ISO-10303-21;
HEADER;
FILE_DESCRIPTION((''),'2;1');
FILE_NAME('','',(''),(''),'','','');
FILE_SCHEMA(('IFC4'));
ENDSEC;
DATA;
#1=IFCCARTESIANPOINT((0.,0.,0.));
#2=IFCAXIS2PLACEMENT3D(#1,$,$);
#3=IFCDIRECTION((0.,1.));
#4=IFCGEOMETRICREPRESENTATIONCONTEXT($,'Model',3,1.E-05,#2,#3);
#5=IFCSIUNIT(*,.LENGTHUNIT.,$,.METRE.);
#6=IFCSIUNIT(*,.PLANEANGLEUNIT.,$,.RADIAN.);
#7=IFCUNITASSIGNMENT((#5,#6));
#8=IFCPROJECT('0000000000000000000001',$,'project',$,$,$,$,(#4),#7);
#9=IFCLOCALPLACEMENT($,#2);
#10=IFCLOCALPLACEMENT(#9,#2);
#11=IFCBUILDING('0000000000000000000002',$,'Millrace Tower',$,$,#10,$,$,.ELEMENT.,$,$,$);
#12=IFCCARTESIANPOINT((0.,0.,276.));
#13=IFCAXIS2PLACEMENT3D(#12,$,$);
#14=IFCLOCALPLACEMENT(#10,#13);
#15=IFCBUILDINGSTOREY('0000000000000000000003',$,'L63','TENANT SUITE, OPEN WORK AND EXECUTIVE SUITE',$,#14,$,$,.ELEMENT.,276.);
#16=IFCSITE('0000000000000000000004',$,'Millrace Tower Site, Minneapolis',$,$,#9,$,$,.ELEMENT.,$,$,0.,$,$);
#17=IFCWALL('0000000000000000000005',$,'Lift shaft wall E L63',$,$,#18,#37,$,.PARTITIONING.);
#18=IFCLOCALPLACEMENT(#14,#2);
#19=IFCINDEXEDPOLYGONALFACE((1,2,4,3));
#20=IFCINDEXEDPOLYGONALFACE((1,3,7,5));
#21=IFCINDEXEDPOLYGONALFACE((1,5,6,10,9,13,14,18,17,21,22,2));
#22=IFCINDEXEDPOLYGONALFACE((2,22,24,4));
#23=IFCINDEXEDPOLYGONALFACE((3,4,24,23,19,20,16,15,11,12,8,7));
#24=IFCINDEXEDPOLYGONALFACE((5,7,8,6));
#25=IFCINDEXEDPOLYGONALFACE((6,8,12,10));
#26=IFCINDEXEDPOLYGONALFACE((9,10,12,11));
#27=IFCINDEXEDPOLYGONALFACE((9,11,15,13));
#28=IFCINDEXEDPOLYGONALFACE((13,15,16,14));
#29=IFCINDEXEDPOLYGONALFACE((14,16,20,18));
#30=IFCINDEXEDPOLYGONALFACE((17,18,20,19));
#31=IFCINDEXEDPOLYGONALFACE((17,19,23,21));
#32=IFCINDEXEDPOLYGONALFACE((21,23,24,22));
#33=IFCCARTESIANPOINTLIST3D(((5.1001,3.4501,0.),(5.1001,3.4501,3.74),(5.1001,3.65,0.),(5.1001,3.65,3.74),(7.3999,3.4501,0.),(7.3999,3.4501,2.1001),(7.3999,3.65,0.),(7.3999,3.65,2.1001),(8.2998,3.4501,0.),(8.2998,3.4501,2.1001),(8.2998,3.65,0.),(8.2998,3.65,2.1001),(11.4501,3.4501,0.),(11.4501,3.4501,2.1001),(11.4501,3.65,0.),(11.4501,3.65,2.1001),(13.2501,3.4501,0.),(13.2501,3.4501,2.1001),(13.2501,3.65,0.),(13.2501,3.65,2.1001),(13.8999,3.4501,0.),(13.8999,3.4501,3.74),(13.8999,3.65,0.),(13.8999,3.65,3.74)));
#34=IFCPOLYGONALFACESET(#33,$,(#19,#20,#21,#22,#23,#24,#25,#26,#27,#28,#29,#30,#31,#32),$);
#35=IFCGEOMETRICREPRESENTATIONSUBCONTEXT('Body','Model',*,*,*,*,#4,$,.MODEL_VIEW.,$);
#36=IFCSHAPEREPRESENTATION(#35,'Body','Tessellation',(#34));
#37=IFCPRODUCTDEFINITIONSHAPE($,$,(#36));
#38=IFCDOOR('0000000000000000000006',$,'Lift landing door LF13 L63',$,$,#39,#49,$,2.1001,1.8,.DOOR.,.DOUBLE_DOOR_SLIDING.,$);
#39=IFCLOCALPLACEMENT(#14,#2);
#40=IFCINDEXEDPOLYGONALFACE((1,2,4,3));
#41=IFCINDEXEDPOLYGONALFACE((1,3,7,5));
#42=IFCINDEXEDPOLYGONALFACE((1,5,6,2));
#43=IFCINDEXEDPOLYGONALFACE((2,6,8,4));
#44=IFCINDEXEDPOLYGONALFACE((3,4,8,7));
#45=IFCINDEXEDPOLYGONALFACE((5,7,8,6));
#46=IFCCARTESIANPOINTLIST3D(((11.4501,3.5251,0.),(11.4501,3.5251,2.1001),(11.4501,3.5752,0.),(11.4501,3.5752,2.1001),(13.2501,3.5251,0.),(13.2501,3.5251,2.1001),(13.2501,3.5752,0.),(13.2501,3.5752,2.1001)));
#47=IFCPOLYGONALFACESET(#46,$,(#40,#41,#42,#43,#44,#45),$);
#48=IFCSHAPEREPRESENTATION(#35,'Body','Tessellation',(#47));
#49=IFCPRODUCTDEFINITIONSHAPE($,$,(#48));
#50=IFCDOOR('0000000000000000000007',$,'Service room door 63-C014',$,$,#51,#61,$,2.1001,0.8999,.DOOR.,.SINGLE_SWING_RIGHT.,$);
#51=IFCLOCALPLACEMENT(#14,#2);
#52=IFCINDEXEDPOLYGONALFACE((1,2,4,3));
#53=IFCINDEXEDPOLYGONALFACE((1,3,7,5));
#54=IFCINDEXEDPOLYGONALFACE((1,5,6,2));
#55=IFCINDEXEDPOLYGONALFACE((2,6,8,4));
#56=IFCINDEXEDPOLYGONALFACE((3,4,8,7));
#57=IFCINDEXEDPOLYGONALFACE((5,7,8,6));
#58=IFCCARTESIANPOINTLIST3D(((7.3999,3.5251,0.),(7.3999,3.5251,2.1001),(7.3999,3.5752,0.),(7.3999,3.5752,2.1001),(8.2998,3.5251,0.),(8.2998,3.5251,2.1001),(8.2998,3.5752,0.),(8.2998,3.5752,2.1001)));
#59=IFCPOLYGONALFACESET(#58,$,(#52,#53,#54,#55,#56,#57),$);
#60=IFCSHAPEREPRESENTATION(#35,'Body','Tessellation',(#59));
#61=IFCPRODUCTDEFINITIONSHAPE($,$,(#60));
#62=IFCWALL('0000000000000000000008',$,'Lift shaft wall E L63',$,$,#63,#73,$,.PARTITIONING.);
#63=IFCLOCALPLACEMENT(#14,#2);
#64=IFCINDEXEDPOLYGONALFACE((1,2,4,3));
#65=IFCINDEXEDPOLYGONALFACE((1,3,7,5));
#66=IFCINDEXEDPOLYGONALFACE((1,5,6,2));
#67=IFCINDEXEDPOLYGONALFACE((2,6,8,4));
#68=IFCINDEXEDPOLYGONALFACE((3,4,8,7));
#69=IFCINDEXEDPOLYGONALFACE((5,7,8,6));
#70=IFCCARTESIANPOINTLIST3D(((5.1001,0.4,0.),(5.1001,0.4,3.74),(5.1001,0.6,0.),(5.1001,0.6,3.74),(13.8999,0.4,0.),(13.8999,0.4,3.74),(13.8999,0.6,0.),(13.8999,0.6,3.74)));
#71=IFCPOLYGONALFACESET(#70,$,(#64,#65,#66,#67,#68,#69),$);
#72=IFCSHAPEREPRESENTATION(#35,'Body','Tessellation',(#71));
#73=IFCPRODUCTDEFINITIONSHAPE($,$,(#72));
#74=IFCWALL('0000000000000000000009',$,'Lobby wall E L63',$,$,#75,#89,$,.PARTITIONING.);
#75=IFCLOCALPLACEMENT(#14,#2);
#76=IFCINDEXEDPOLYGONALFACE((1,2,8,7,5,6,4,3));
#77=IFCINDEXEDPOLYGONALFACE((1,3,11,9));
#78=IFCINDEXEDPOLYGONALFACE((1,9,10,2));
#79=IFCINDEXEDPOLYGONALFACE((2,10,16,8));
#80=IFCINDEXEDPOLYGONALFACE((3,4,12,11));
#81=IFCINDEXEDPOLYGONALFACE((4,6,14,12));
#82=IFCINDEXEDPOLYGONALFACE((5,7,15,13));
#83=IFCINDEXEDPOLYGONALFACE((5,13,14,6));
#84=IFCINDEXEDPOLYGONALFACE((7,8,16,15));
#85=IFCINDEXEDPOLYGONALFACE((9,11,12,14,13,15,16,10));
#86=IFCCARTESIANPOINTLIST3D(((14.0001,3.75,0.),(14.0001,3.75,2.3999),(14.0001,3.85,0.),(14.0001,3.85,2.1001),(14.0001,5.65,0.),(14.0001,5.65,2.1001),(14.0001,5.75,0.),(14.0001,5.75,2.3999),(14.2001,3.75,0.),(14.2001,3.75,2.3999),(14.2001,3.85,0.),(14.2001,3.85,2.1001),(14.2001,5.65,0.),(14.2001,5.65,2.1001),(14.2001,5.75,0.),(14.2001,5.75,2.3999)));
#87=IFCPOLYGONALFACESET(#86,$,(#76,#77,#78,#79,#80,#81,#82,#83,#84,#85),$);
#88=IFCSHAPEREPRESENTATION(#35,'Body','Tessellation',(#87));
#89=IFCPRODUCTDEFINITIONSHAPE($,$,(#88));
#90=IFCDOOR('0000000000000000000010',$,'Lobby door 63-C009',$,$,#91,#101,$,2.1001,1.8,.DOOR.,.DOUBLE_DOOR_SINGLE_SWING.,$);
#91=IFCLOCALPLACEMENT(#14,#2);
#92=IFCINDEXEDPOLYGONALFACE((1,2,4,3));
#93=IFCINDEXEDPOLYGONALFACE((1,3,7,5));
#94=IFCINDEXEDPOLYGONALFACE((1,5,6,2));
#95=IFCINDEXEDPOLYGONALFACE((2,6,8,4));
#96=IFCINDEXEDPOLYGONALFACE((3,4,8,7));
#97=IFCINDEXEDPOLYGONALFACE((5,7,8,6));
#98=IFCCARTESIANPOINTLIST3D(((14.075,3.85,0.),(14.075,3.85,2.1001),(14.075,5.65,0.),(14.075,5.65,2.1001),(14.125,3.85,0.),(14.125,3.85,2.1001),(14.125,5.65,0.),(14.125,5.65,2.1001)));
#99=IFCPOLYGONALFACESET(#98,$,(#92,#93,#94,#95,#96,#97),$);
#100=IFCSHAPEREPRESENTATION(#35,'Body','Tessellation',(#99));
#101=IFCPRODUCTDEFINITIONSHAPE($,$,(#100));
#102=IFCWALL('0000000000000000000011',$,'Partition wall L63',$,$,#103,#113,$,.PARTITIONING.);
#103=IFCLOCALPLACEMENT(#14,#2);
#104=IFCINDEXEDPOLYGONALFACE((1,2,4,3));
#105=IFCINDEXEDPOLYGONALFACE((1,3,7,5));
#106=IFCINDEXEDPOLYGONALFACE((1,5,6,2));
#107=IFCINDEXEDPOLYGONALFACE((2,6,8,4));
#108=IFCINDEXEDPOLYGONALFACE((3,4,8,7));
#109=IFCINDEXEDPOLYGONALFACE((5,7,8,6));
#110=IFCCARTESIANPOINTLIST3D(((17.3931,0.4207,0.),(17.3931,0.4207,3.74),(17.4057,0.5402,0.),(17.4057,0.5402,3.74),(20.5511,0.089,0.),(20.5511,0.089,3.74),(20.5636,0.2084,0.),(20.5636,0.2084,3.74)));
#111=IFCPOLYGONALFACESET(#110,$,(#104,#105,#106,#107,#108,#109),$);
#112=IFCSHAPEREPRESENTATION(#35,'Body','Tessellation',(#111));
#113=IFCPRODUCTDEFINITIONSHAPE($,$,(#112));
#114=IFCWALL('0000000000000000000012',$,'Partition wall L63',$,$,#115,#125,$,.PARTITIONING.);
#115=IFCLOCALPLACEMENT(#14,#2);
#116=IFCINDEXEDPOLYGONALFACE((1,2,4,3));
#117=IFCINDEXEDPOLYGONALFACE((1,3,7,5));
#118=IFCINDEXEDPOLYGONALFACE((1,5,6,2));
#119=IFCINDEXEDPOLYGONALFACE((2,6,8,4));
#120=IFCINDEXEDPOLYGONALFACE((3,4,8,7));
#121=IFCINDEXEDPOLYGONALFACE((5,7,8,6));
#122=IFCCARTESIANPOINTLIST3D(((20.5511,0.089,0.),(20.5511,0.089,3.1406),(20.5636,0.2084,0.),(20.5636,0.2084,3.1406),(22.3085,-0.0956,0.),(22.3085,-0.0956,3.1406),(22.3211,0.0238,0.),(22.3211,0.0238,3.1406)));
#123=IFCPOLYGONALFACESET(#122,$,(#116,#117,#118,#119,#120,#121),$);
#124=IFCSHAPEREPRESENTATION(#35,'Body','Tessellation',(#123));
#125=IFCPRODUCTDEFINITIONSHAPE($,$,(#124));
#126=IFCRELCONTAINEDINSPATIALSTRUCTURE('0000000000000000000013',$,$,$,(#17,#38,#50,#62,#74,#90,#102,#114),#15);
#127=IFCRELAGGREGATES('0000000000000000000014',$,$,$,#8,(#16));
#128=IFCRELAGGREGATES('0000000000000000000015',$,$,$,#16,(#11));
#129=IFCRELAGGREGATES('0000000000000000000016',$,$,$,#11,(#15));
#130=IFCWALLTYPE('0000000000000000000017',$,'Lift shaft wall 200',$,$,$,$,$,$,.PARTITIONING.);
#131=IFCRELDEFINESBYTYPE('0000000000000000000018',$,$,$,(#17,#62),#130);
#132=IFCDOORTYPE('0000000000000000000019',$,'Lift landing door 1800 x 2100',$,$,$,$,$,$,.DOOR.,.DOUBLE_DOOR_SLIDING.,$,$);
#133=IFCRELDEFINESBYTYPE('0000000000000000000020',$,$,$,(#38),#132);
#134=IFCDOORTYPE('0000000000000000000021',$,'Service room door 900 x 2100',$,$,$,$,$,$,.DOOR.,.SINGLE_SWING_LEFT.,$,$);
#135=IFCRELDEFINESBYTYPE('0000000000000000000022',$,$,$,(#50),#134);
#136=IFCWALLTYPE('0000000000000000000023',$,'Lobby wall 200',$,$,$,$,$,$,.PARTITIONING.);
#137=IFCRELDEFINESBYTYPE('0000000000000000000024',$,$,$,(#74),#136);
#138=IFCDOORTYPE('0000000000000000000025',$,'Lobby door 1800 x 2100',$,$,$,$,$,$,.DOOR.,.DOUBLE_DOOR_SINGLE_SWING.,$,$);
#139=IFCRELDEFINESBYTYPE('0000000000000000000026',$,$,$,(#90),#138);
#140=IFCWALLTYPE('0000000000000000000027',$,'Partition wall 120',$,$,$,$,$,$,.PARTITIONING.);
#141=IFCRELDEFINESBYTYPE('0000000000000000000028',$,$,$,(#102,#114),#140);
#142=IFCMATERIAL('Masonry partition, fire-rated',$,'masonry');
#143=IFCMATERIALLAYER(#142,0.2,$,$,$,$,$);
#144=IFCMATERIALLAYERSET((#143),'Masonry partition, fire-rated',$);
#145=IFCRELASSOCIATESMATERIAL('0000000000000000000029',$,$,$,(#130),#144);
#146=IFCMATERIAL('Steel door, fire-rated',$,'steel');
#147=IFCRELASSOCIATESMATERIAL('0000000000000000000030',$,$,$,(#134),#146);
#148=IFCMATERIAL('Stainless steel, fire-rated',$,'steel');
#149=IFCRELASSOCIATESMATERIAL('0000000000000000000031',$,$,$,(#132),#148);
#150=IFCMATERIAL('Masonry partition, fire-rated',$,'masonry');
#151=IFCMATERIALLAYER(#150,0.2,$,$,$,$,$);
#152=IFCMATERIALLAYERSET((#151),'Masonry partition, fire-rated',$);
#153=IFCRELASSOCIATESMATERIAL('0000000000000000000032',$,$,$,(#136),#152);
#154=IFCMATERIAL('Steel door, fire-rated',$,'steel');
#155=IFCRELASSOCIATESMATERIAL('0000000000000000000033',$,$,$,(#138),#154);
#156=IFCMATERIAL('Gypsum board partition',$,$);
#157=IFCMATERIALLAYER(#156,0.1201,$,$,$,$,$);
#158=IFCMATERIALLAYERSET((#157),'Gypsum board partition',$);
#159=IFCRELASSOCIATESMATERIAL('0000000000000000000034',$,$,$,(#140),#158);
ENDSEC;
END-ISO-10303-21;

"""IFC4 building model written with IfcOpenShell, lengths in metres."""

from ifc_helpers import new_model, si_unit, direction, frame, frame_2d, origin, place, context, subcontext, project, spatial, rectangle, extrude, material, layer, layer_set, type_object, element, fill, save


model = new_model("IFC4")

# Units and contexts
model_context = context("Model", 3, precision=1e-05, world=origin(), true_north=direction((0.0, 1.0)))
body_context = subcontext(model_context, "Body", "Model", "MODEL_VIEW")
ifc_project = project(units=[si_unit("LENGTHUNIT", "METRE"), si_unit("PLANEANGLEUNIT", "RADIAN")], contexts=[model_context])

# Site, building, storey
site_placement = place(None, origin())
site = spatial("IfcSite", under=ifc_project, at=site_placement, Name="Millrace Tower Site, Minneapolis", CompositionType="ELEMENT", RefElevation=0.0)
building_placement = place(site_placement, origin())
building = spatial("IfcBuilding", under=site, at=building_placement, Name="Millrace Tower", CompositionType="ELEMENT")
storey_placement = place(building_placement, frame((0.0, 0.0, 276.0)))
storey = spatial("IfcBuildingStorey", under=building, at=storey_placement, Name="L63", Description="TENANT SUITE, OPEN WORK AND EXECUTIVE SUITE", CompositionType="ELEMENT", Elevation=276.0)

# Wall, openings, doors
ifc_material_1 = material(Name="Masonry partition, fire-rated", Category="masonry")
ifc_layer_1 = layer(ifc_material_1, 0.2)
ifc_layer_set_1 = layer_set([ifc_layer_1], Name="Masonry partition, fire-rated")
wall_type_1 = type_object("IfcWallType", Name="Lift shaft wall 200", PredefinedType="PARTITIONING", material=ifc_layer_set_1)
ifc_material_2 = material(Name="Steel door, fire-rated", Category="steel")
door_type_1 = type_object("IfcDoorType", Name="Service room door 900 x 2100", OperationType="SINGLE_SWING_LEFT", PredefinedType="DOOR", material=ifc_material_2)
wall_1_placement = place(storey_placement, frame((13.8999, 3.55, 0.0), z_axis=(0.0, 0.0, 1.0), x_axis=(-1.0, 0.0, 0.0)))
wall_1 = element("IfcWall", 1, at=wall_1_placement, inside=storey, type_object=wall_type_1, Name="Lift shaft wall E L63", PredefinedType="PARTITIONING", context=body_context, shape_type="SweptSolid", body=[
    extrude(rectangle(XDim=8.7998, YDim=0.2, at=frame_2d((4.3999, 0.0))), origin(), (0.0, 0.0, 1.0), 3.74),
])
opening_1_placement = place(wall_1_placement, frame((0.6499, 0.0, 0.0)))
opening_1 = element("IfcOpeningElement", 2, at=opening_1_placement, cuts=wall_1, PredefinedType="OPENING", context=body_context, shape_type="SweptSolid", body=[
    extrude(rectangle(XDim=1.8, YDim=2.1001, at=frame_2d((0.8999, 1.05))), frame((0.0, 0.1099, 0.0), z_axis=(0.0, -1.0, 0.0), x_axis=(1.0, 0.0, 0.0)), (0.0, 0.0, 1.0), 0.22),
])
opening_2_placement = place(wall_1_placement, frame((5.6001, 0.0, 0.0)))
opening_2 = element("IfcOpeningElement", 3, at=opening_2_placement, cuts=wall_1, PredefinedType="OPENING", context=body_context, shape_type="SweptSolid", body=[
    extrude(rectangle(XDim=0.8999, YDim=2.1001, at=frame_2d((0.45, 1.05))), frame((0.0, 0.1099, 0.0), z_axis=(0.0, -1.0, 0.0), x_axis=(1.0, 0.0, 0.0)), (0.0, 0.0, 1.0), 0.22),
])
ifc_material_3 = material(Name="Stainless steel, fire-rated", Category="steel")
door_type_2 = type_object("IfcDoorType", Name="Lift landing door 1800 x 2100", OperationType="DOUBLE_DOOR_SLIDING", PredefinedType="DOOR", material=ifc_material_3)
door_1_placement = place(opening_1_placement, origin())
door_1 = element("IfcDoor", 4, at=door_1_placement, inside=storey, type_object=door_type_2, Name="Lift landing door LF13 L63", OperationType="DOUBLE_DOOR_SLIDING", OverallHeight=2.1001, OverallWidth=1.8, PredefinedType="DOOR", context=body_context, shape_type="SweptSolid", body=[
    extrude(rectangle(XDim=1.8, YDim=2.1001, at=frame_2d((0.8999, 1.05))), frame((0.0, 0.0249, 0.0), z_axis=(0.0, -1.0, 0.0), x_axis=(1.0, 0.0, 0.0)), (0.0, 0.0, 1.0), 0.05),
])
fill(opening_1, door_1)
door_2_placement = place(opening_2_placement, origin())
door_2 = element("IfcDoor", 5, at=door_2_placement, inside=storey, type_object=door_type_1, Name="Service room door 63-C014", OperationType="SINGLE_SWING_RIGHT", OverallHeight=2.1001, OverallWidth=0.8999, PredefinedType="DOOR", context=body_context, shape_type="SweptSolid", body=[
    extrude(rectangle(XDim=0.8999, YDim=2.1001, at=frame_2d((0.45, 1.05))), frame((0.0, 0.0249, 0.0), z_axis=(0.0, -1.0, 0.0), x_axis=(1.0, 0.0, 0.0)), (0.0, 0.0, 1.0), 0.05),
])
fill(opening_2, door_2)

# Wall
wall_2_placement = place(storey_placement, frame((13.8999, 0.5, 0.0), z_axis=(0.0, 0.0, 1.0), x_axis=(-1.0, 0.0, 0.0)))
element("IfcWall", 6, at=wall_2_placement, inside=storey, type_object=wall_type_1, Name="Lift shaft wall E L63", PredefinedType="PARTITIONING", context=body_context, shape_type="SweptSolid", body=[
    extrude(rectangle(XDim=8.7998, YDim=0.2, at=frame_2d((4.3999, 0.0))), origin(), (0.0, 0.0, 1.0), 3.74),
])

# Wall, opening, door
ifc_material_4 = material(Name="Masonry partition, fire-rated", Category="masonry")
ifc_layer_2 = layer(ifc_material_4, 0.2)
ifc_layer_set_2 = layer_set([ifc_layer_2], Name="Masonry partition, fire-rated")
wall_type_2 = type_object("IfcWallType", Name="Lobby wall 200", PredefinedType="PARTITIONING", material=ifc_layer_set_2)
wall_3_placement = place(storey_placement, frame((14.1001, 5.75, 0.0), z_axis=(0.0, 0.0, 1.0), x_axis=(0.0, -1.0, 0.0)))
wall_3 = element("IfcWall", 7, at=wall_3_placement, inside=storey, type_object=wall_type_2, Name="Lobby wall E L63", PredefinedType="PARTITIONING", context=body_context, shape_type="SweptSolid", body=[
    extrude(rectangle(XDim=2.0, YDim=0.2, at=frame_2d((1.0, 0.0))), origin(), (0.0, 0.0, 1.0), 2.3999),
])
opening_3_placement = place(wall_3_placement, frame((0.1001, 0.0, 0.0)))
opening_3 = element("IfcOpeningElement", 8, at=opening_3_placement, cuts=wall_3, PredefinedType="OPENING", context=body_context, shape_type="SweptSolid", body=[
    extrude(rectangle(XDim=1.8, YDim=2.1001, at=frame_2d((0.8999, 1.05))), frame((0.0, 0.1099, 0.0), z_axis=(0.0, -1.0, 0.0), x_axis=(1.0, 0.0, 0.0)), (0.0, 0.0, 1.0), 0.22),
])
ifc_material_5 = material(Name="Steel door, fire-rated", Category="steel")
door_type_3 = type_object("IfcDoorType", Name="Lobby door 1800 x 2100", OperationType="DOUBLE_DOOR_SINGLE_SWING", PredefinedType="DOOR", material=ifc_material_5)
door_3_placement = place(opening_3_placement, origin())
door_3 = element("IfcDoor", 9, at=door_3_placement, inside=storey, type_object=door_type_3, Name="Lobby door 63-C009", OperationType="DOUBLE_DOOR_SINGLE_SWING", OverallHeight=2.1001, OverallWidth=1.8, PredefinedType="DOOR", context=body_context, shape_type="SweptSolid", body=[
    extrude(rectangle(XDim=1.8, YDim=2.1001, at=frame_2d((0.8999, 1.05))), frame((0.0, 0.0249, 0.0), z_axis=(0.0, -1.0, 0.0), x_axis=(1.0, 0.0, 0.0)), (0.0, 0.0, 1.0), 0.05),
])
fill(opening_3, door_3)

# Walls
ifc_material_6 = material(Name="Gypsum board partition")
ifc_layer_3 = layer(ifc_material_6, 0.1201)
ifc_layer_set_3 = layer_set([ifc_layer_3], Name="Gypsum board partition")
wall_type_3 = type_object("IfcWallType", Name="Partition wall 120", PredefinedType="PARTITIONING", material=ifc_layer_set_3)
wall_4_placement = place(storey_placement, frame((17.3994, 0.4805, 0.0), z_axis=(0.0, 0.0, 1.0), x_axis=(0.994526, -0.104489, 0.0)))
element("IfcWall", 10, at=wall_4_placement, inside=storey, type_object=wall_type_3, Name="Partition wall L63", PredefinedType="PARTITIONING", context=body_context, shape_type="SweptSolid", body=[
    extrude(rectangle(XDim=3.1753, YDim=0.1201, at=frame_2d((1.5876, 0.0))), origin(), (0.0, 0.0, 1.0), 3.74),
])
wall_5_placement = place(storey_placement, frame((20.5574, 0.1487, 0.0), z_axis=(0.0, 0.0, 1.0), x_axis=(0.99453, -0.104455, 0.0)))
element("IfcWall", 11, at=wall_5_placement, inside=storey, type_object=wall_type_3, Name="Partition wall L63", PredefinedType="PARTITIONING", context=body_context, shape_type="SweptSolid", body=[
    extrude(rectangle(XDim=1.7671, YDim=0.1201, at=frame_2d((0.8835, 0.0))), origin(), (0.0, 0.0, 1.0), 3.1406),
])

save(model, "model.ifc")
